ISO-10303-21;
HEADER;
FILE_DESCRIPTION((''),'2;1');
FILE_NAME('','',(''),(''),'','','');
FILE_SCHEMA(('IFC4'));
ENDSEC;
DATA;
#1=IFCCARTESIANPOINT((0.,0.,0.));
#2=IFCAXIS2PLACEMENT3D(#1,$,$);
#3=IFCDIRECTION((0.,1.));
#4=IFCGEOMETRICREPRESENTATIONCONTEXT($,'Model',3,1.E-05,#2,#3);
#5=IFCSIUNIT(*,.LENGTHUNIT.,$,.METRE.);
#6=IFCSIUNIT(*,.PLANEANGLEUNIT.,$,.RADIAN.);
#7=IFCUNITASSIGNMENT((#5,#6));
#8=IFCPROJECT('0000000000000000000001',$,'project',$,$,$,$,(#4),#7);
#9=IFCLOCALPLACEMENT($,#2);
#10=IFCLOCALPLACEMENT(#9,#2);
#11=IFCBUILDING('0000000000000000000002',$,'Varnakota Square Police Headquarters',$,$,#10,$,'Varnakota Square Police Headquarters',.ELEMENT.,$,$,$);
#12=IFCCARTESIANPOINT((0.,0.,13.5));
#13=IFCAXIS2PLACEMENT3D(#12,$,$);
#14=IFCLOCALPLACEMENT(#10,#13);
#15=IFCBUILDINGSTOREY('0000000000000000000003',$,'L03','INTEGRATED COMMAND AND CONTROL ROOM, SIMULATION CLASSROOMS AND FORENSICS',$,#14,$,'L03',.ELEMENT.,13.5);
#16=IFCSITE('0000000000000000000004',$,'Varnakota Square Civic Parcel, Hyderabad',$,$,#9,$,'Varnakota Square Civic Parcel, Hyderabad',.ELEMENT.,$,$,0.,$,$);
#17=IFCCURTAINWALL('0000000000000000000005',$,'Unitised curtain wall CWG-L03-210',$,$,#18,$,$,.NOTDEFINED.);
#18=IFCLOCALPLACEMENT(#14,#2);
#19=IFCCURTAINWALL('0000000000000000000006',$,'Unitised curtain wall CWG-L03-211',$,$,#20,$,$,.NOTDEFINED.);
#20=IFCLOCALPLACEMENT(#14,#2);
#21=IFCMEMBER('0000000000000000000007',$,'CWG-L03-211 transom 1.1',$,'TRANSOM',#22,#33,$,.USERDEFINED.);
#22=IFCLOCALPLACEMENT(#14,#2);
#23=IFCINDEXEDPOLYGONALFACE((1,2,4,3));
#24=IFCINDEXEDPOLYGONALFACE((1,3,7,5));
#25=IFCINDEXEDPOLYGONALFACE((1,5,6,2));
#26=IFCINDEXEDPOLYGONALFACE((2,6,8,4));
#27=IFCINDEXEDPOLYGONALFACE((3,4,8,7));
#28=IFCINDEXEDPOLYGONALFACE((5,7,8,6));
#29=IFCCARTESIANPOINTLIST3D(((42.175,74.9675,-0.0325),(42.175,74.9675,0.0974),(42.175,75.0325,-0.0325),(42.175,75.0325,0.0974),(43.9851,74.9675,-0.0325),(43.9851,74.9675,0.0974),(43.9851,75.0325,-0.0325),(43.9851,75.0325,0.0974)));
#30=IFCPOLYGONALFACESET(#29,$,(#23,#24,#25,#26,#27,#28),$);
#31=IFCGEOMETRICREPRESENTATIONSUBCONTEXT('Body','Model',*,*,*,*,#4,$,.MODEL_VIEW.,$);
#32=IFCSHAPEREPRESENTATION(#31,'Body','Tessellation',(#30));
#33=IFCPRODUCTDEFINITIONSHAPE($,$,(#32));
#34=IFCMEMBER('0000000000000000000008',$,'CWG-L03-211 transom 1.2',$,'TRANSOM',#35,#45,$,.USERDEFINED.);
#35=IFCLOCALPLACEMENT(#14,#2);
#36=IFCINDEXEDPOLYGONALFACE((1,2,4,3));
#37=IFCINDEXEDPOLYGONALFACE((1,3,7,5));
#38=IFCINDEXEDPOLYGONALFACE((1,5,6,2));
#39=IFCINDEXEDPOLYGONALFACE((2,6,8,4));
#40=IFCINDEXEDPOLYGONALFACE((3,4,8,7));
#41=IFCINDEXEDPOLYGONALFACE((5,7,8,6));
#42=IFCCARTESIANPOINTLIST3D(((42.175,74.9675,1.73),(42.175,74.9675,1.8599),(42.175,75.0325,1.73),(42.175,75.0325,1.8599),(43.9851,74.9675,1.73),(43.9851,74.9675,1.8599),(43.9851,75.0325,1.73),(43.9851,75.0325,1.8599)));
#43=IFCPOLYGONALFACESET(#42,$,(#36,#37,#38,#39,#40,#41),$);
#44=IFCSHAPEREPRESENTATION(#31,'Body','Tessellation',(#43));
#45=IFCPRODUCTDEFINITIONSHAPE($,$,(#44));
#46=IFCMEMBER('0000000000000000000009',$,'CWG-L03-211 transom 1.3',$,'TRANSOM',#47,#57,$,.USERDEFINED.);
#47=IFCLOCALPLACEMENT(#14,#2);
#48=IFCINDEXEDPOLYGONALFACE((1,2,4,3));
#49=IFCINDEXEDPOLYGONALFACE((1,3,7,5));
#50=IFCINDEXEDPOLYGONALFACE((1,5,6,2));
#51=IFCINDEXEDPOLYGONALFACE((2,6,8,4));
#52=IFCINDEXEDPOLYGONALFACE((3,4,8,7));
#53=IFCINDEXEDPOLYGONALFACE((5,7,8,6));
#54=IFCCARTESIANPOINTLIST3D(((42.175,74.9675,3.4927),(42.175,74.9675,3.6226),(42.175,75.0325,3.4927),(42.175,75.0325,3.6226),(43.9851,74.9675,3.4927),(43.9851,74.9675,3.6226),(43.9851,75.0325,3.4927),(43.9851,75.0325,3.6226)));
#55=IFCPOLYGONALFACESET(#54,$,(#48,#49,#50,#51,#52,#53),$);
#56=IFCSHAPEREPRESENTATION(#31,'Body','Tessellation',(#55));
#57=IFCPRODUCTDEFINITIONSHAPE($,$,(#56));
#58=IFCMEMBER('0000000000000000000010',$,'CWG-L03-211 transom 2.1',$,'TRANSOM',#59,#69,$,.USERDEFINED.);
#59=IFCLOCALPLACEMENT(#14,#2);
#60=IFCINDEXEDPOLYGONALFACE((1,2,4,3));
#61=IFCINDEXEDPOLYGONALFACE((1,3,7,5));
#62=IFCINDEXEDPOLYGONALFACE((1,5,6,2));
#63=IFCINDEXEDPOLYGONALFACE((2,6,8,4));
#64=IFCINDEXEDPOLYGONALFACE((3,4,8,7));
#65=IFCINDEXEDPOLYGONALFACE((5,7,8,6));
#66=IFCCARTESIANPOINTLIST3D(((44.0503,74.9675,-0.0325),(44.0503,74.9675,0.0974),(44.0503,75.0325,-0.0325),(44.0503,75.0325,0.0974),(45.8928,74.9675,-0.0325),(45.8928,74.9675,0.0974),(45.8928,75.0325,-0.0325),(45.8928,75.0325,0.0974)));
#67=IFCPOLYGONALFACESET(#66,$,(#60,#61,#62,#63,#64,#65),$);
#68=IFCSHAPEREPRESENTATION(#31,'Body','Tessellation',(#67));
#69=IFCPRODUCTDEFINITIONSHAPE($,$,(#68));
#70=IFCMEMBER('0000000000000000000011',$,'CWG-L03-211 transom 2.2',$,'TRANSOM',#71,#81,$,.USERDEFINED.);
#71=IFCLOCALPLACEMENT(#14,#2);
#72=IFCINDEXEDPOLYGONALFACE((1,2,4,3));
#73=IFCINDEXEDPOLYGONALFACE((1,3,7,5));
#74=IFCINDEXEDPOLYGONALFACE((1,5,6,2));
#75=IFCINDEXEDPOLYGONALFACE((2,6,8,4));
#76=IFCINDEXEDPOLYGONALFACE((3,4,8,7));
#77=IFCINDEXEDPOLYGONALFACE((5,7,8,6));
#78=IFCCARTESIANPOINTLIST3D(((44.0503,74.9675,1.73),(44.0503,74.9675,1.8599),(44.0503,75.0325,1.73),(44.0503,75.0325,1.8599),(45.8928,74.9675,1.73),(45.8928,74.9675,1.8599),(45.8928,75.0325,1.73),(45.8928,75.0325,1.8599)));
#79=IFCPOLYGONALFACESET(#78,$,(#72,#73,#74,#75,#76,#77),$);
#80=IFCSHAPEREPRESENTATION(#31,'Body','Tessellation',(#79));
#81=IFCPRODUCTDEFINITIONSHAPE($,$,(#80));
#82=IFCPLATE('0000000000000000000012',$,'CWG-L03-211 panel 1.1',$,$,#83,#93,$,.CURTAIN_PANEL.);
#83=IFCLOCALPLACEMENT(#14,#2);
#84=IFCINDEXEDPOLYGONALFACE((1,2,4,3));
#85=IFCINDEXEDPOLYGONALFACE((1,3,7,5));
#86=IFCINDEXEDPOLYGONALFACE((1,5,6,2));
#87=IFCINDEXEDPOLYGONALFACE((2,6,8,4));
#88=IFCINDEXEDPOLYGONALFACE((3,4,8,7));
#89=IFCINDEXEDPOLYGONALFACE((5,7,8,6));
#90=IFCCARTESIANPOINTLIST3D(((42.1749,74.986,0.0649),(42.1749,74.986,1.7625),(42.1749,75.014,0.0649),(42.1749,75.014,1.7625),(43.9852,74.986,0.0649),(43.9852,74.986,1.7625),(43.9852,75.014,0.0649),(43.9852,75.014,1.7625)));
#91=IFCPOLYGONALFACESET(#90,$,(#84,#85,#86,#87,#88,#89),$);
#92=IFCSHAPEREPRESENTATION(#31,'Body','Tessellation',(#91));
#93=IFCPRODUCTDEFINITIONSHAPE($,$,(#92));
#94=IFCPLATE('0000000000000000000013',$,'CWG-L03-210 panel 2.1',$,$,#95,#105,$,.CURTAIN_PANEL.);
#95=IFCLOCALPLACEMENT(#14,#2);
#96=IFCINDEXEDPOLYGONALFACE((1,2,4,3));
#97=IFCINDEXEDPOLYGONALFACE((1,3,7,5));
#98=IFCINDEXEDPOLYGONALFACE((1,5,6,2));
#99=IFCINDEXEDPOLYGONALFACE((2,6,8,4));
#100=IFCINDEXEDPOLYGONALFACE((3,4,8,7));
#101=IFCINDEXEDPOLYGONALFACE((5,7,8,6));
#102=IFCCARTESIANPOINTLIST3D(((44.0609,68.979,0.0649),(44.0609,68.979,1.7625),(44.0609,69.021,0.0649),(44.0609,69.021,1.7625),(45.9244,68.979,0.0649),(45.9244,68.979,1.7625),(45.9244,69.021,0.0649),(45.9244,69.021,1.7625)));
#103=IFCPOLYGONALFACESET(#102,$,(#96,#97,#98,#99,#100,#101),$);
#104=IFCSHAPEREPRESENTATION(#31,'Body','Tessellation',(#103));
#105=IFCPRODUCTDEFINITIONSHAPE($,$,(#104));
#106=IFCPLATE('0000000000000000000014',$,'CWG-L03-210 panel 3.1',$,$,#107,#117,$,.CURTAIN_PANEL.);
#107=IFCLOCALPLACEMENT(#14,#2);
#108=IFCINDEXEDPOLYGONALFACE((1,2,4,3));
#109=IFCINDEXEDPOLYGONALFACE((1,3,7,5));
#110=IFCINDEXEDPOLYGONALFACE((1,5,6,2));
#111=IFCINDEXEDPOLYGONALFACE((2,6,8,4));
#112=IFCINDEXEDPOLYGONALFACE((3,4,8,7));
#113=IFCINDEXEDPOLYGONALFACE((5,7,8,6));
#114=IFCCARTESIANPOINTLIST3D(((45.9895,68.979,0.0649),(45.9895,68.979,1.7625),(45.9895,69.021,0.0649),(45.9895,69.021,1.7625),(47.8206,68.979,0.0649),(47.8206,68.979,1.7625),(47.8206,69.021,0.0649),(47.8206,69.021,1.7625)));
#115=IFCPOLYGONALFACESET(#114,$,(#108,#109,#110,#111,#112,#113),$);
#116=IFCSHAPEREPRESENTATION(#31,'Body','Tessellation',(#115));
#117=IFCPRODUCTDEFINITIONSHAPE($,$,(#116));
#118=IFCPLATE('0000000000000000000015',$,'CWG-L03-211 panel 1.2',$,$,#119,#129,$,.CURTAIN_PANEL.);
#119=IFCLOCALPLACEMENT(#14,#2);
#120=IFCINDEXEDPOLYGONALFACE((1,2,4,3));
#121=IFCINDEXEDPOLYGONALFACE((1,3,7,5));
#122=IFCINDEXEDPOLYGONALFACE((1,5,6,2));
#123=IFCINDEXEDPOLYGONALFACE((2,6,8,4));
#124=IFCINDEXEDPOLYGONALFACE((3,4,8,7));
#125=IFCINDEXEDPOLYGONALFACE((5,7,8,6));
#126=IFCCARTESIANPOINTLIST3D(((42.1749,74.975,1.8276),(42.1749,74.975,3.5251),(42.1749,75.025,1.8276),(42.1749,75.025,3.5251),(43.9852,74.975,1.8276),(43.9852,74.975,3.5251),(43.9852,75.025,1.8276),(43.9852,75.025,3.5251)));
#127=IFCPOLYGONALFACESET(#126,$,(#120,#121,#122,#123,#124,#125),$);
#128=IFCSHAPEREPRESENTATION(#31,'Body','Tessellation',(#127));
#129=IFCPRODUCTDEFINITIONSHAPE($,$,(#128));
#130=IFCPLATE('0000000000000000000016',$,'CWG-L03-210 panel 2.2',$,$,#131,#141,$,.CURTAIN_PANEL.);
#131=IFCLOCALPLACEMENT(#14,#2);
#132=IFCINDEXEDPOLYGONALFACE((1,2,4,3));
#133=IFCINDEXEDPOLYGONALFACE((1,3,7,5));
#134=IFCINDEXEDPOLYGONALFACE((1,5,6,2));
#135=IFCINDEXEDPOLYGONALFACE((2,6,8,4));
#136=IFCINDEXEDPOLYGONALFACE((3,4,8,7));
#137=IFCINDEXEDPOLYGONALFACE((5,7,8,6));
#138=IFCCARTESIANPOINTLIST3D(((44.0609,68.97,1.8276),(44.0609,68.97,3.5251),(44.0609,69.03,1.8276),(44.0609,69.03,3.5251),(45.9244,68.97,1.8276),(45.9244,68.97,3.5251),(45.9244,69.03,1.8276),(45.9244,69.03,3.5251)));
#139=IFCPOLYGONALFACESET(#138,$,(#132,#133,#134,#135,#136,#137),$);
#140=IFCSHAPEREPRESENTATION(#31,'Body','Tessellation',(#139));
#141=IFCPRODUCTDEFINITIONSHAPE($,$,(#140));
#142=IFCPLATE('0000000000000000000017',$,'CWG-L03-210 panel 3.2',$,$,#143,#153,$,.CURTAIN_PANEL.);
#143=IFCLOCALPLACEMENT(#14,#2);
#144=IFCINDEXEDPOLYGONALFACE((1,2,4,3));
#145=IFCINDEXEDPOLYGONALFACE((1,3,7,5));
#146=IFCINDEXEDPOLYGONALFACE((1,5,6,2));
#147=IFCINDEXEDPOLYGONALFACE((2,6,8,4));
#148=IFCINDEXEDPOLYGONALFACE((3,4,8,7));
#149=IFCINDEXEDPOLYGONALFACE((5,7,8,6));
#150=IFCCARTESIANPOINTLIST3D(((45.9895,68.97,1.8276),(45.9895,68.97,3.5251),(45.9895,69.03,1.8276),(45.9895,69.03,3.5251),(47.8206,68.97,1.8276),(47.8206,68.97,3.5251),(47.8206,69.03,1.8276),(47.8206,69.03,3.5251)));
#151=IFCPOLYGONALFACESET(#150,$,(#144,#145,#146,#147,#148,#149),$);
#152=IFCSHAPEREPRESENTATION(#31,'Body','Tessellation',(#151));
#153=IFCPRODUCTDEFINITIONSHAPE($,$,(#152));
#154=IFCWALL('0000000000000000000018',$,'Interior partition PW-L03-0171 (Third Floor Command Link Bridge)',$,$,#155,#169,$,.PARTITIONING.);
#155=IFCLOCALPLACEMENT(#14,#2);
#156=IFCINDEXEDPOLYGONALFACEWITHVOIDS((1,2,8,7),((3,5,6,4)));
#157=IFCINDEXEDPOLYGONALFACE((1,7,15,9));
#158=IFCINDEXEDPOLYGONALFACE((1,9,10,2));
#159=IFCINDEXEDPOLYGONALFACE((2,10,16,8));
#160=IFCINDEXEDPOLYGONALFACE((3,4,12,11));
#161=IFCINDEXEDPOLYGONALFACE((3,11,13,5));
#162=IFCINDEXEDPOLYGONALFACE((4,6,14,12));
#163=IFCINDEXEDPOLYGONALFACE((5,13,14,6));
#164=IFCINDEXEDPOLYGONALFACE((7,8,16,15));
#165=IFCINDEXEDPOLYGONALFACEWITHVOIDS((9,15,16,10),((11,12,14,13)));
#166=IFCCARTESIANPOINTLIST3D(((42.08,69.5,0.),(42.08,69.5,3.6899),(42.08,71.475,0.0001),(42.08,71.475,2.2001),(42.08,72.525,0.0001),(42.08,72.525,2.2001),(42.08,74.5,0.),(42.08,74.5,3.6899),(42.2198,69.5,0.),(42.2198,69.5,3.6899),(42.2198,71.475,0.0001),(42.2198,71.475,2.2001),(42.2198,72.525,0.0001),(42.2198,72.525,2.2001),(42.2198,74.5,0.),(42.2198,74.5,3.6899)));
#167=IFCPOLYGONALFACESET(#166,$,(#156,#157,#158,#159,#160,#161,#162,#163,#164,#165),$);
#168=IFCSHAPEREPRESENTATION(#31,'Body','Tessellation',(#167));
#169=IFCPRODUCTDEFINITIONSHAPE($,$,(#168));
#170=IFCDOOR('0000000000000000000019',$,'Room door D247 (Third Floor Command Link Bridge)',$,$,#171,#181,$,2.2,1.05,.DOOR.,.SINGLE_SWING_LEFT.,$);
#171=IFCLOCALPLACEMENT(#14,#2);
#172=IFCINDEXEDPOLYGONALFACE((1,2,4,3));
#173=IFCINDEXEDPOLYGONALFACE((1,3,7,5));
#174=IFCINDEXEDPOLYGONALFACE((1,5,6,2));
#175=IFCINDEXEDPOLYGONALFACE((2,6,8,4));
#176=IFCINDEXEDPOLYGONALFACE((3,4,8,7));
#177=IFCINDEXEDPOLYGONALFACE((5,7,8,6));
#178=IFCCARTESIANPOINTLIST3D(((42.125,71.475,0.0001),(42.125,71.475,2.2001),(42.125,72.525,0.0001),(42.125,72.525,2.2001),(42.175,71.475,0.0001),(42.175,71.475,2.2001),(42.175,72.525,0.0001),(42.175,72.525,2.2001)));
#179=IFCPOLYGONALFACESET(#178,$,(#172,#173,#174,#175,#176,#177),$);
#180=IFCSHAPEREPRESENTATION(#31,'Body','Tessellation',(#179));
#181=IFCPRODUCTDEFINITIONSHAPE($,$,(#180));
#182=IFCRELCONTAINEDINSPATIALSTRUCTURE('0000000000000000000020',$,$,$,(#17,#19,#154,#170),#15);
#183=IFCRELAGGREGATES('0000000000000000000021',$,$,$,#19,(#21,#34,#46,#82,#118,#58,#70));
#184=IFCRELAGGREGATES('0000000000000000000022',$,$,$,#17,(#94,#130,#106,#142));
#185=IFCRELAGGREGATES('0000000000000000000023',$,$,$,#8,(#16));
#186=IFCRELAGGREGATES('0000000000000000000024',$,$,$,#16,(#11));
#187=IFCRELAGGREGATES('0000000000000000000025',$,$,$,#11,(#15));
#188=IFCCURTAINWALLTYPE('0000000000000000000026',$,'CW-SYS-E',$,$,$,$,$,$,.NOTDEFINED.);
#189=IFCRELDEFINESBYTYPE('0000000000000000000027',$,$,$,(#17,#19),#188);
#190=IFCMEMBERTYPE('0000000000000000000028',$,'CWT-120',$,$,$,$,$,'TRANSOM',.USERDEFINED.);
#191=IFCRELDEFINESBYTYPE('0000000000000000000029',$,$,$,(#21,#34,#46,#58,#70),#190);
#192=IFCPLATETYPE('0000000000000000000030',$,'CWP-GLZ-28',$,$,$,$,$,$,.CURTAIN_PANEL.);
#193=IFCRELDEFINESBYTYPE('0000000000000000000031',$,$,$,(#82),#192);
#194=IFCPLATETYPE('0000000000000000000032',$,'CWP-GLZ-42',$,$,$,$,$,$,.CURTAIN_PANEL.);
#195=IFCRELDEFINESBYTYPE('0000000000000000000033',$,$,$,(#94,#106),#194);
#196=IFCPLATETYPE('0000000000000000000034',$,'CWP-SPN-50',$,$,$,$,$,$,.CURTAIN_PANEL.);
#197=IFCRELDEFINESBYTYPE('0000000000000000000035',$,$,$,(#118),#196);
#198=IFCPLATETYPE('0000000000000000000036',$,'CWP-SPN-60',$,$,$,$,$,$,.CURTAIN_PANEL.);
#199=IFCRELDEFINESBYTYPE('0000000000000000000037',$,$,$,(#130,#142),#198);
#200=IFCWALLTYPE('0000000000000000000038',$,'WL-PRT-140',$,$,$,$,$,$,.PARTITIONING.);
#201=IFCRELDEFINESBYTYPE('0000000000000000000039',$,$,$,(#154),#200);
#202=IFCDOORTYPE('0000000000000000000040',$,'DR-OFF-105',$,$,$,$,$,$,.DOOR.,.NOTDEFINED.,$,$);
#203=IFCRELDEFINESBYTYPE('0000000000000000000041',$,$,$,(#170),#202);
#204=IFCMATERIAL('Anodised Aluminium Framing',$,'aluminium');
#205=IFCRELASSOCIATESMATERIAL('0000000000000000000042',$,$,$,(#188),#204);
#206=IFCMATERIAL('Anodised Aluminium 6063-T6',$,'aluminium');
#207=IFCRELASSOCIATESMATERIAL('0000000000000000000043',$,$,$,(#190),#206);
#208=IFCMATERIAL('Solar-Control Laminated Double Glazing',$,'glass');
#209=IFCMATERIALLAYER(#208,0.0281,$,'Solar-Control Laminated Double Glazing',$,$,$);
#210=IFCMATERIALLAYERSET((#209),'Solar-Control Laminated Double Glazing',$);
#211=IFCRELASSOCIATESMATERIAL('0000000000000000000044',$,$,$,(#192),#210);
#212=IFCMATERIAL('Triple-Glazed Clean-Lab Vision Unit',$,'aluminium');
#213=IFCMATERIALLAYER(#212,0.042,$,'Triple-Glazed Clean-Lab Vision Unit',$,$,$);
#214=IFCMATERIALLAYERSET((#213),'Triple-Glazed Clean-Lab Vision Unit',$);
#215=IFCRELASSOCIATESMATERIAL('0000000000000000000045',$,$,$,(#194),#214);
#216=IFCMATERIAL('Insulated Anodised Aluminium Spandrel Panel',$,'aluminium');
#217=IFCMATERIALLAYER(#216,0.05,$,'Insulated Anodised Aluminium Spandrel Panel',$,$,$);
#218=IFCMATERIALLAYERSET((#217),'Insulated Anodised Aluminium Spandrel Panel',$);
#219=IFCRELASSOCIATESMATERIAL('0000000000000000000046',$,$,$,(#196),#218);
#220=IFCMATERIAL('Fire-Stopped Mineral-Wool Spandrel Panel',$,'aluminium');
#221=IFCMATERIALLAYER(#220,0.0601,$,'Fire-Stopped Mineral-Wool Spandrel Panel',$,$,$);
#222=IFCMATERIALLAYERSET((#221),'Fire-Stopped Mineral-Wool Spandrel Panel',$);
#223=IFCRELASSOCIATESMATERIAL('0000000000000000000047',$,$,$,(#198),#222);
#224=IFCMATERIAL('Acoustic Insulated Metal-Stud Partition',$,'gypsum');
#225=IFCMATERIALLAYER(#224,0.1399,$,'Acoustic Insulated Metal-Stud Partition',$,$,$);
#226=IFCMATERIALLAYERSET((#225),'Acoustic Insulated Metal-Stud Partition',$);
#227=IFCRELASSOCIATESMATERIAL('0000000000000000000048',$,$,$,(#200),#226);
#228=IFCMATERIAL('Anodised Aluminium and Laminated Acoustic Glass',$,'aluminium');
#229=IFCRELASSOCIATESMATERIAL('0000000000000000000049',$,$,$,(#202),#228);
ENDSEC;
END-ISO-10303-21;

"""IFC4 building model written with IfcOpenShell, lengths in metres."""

from ifc_helpers import new_model, si_unit, direction, frame, frame_2d, origin, origin_2d, place, context, subcontext, project, spatial, rectangle, extrude, material, layer, layer_set, material_profile, profile_set, type_object, element, fill, aggregate, save


model = new_model("IFC4")

# Units and contexts
model_context = context("Model", 3, precision=1e-05, world=origin(), true_north=direction((0.0, 1.0)))
body_context = subcontext(model_context, "Body", "Model", "MODEL_VIEW")
ifc_project = project(units=[si_unit("LENGTHUNIT", "METRE"), si_unit("PLANEANGLEUNIT", "RADIAN")], contexts=[model_context])

# Site, building, storey
site_placement = place(None, origin())
site = spatial("IfcSite", under=ifc_project, at=site_placement, Name="Varnakota Square Civic Parcel, Hyderabad", LongName="Varnakota Square Civic Parcel, Hyderabad", CompositionType="ELEMENT", RefElevation=0.0)
building_placement = place(site_placement, origin())
building = spatial("IfcBuilding", under=site, at=building_placement, Name="Varnakota Square Police Headquarters", LongName="Varnakota Square Police Headquarters", CompositionType="ELEMENT")
storey_placement = place(building_placement, frame((0.0, 0.0, 13.5)))
storey = spatial("IfcBuildingStorey", under=building, at=storey_placement, Name="L03", Description="INTEGRATED COMMAND AND CONTROL ROOM, SIMULATION CLASSROOMS AND FORENSICS", LongName="L03", CompositionType="ELEMENT", Elevation=13.5)

# Curtain walls
ifc_material_1 = material(Name="Anodised Aluminium Framing", Category="aluminium")
curtain_wall_type = type_object("IfcCurtainWallType", Name="CW-SYS-E", PredefinedType="NOTDEFINED", material=ifc_material_1)
curtain_wall_1_placement = place(storey_placement, origin())
curtain_wall_1 = element("IfcCurtainWall", 1, at=curtain_wall_1_placement, inside=storey, type_object=curtain_wall_type, Name="Unitised curtain wall CWG-L03-210", PredefinedType="NOTDEFINED")
ifc_material_2 = material(Name="Anodised Aluminium 6063-T6", Category="aluminium")
curtain_wall_2_placement = place(storey_placement, origin())
curtain_wall_2 = element("IfcCurtainWall", 2, at=curtain_wall_2_placement, inside=storey, type_object=curtain_wall_type, Name="Unitised curtain wall CWG-L03-211", PredefinedType="NOTDEFINED")

# Members
ifc_material_profile_1 = material_profile(ifc_material_2, rectangle(XDim=0.0649, YDim=0.1299, at=origin_2d()), Name="ALU TRANSOM 65x130")
ifc_profile_set_1 = profile_set([ifc_material_profile_1], Name="Anodised Aluminium 6063-T6")
member_type_1 = type_object("IfcMemberType", Name="CWT-120", ElementType="TRANSOM", PredefinedType="USERDEFINED", material=ifc_profile_set_1)
member_1_placement = place(storey_placement, frame((42.175, 75.0, 0.0325), z_axis=(1.0, 0.0, 0.0), x_axis=(0.0, 1.0, 0.0)))
member_1 = element("IfcMember", 3, at=member_1_placement, type_object=member_type_1, Name="CWG-L03-211 transom 1.1", ObjectType="TRANSOM", PredefinedType="USERDEFINED", context=body_context, shape_type="SweptSolid", body=[
    extrude(rectangle(XDim=0.0649, YDim=0.1299, at=origin_2d()), origin(), (0.0, 0.0, 1.0), 1.8101),
])
member_2_placement = place(storey_placement, frame((42.175, 75.0, 1.7949), z_axis=(1.0, 0.0, 0.0), x_axis=(0.0, 1.0, 0.0)))
member_2 = element("IfcMember", 4, at=member_2_placement, type_object=member_type_1, Name="CWG-L03-211 transom 1.2", ObjectType="TRANSOM", PredefinedType="USERDEFINED", context=body_context, shape_type="SweptSolid", body=[
    extrude(rectangle(XDim=0.0649, YDim=0.1299, at=origin_2d()), origin(), (0.0, 0.0, 1.0), 1.8101),
])
member_3_placement = place(storey_placement, frame((42.175, 75.0, 3.5576), z_axis=(1.0, 0.0, 0.0), x_axis=(0.0, 1.0, 0.0)))
member_3 = element("IfcMember", 5, at=member_3_placement, type_object=member_type_1, Name="CWG-L03-211 transom 1.3", ObjectType="TRANSOM", PredefinedType="USERDEFINED", context=body_context, shape_type="SweptSolid", body=[
    extrude(rectangle(XDim=0.0649, YDim=0.1299, at=origin_2d()), origin(), (0.0, 0.0, 1.0), 1.8101),
])
member_4_placement = place(storey_placement, frame((44.0503, 75.0, 0.0325), z_axis=(1.0, 0.0, 0.0), x_axis=(0.0, 1.0, 0.0)))
member_4 = element("IfcMember", 6, at=member_4_placement, type_object=member_type_1, Name="CWG-L03-211 transom 2.1", ObjectType="TRANSOM", PredefinedType="USERDEFINED", context=body_context, shape_type="SweptSolid", body=[
    extrude(rectangle(XDim=0.0649, YDim=0.1299, at=origin_2d()), origin(), (0.0, 0.0, 1.0), 1.8425),
])
member_5_placement = place(storey_placement, frame((44.0503, 75.0, 1.7949), z_axis=(1.0, 0.0, 0.0), x_axis=(0.0, 1.0, 0.0)))
member_5 = element("IfcMember", 7, at=member_5_placement, type_object=member_type_1, Name="CWG-L03-211 transom 2.2", ObjectType="TRANSOM", PredefinedType="USERDEFINED", context=body_context, shape_type="SweptSolid", body=[
    extrude(rectangle(XDim=0.0649, YDim=0.1299, at=origin_2d()), origin(), (0.0, 0.0, 1.0), 1.8425),
])

# Plates
ifc_material_3 = material(Name="Solar-Control Laminated Double Glazing", Category="glass")
ifc_layer_1 = layer(ifc_material_3, 0.0281, Name="Solar-Control Laminated Double Glazing")
ifc_layer_set_1 = layer_set([ifc_layer_1], Name="Solar-Control Laminated Double Glazing")
plate_type_1 = type_object("IfcPlateType", Name="CWP-GLZ-28", PredefinedType="CURTAIN_PANEL", material=ifc_layer_set_1)
plate_1_placement = place(storey_placement, frame((43.0801, 75.0, 0.0649), z_axis=(0.0, 0.0, 1.0), x_axis=(1.0, 0.0, 0.0)))
plate_1 = element("IfcPlate", 8, at=plate_1_placement, type_object=plate_type_1, Name="CWG-L03-211 panel 1.1", PredefinedType="CURTAIN_PANEL", context=body_context, shape_type="SweptSolid", body=[
    extrude(rectangle(XDim=1.8103, YDim=0.0281, at=origin_2d()), origin(), (0.0, 0.0, 1.0), 1.6975),
])
ifc_material_4 = material(Name="Triple-Glazed Clean-Lab Vision Unit", Category="aluminium")
ifc_layer_2 = layer(ifc_material_4, 0.042, Name="Triple-Glazed Clean-Lab Vision Unit")
ifc_layer_set_2 = layer_set([ifc_layer_2], Name="Triple-Glazed Clean-Lab Vision Unit")
plate_type_2 = type_object("IfcPlateType", Name="CWP-GLZ-42", PredefinedType="CURTAIN_PANEL", material=ifc_layer_set_2)
plate_2_placement = place(storey_placement, frame((44.9927, 69.0, 0.0649), z_axis=(0.0, 0.0, 1.0), x_axis=(1.0, 0.0, 0.0)))
plate_2 = element("IfcPlate", 9, at=plate_2_placement, type_object=plate_type_2, Name="CWG-L03-210 panel 2.1", PredefinedType="CURTAIN_PANEL", context=body_context, shape_type="SweptSolid", body=[
    extrude(rectangle(XDim=1.8635, YDim=0.042, at=origin_2d()), origin(), (0.0, 0.0, 1.0), 1.6975),
])
plate_3_placement = place(storey_placement, frame((46.905, 69.0, 0.0649), z_axis=(0.0, 0.0, 1.0), x_axis=(1.0, 0.0, 0.0)))
plate_3 = element("IfcPlate", 10, at=plate_3_placement, type_object=plate_type_2, Name="CWG-L03-210 panel 3.1", PredefinedType="CURTAIN_PANEL", context=body_context, shape_type="SweptSolid", body=[
    extrude(rectangle(XDim=1.8311, YDim=0.042, at=origin_2d()), origin(), (0.0, 0.0, 1.0), 1.6975),
])
ifc_material_5 = material(Name="Insulated Anodised Aluminium Spandrel Panel", Category="aluminium")
ifc_layer_3 = layer(ifc_material_5, 0.05, Name="Insulated Anodised Aluminium Spandrel Panel")
ifc_layer_set_3 = layer_set([ifc_layer_3], Name="Insulated Anodised Aluminium Spandrel Panel")
plate_type_3 = type_object("IfcPlateType", Name="CWP-SPN-50", PredefinedType="CURTAIN_PANEL", material=ifc_layer_set_3)
plate_4_placement = place(storey_placement, frame((43.0801, 75.0, 1.8276), z_axis=(0.0, 0.0, 1.0), x_axis=(1.0, 0.0, 0.0)))
plate_4 = element("IfcPlate", 11, at=plate_4_placement, type_object=plate_type_3, Name="CWG-L03-211 panel 1.2", PredefinedType="CURTAIN_PANEL", context=body_context, shape_type="SweptSolid", body=[
    extrude(rectangle(XDim=1.8103, YDim=0.05, at=origin_2d()), origin(), (0.0, 0.0, 1.0), 1.6975),
])
aggregate(curtain_wall_2, [member_1, member_2, member_3, plate_1, plate_4, member_4, member_5])
ifc_material_6 = material(Name="Fire-Stopped Mineral-Wool Spandrel Panel", Category="aluminium")
ifc_layer_4 = layer(ifc_material_6, 0.0601, Name="Fire-Stopped Mineral-Wool Spandrel Panel")
ifc_layer_set_4 = layer_set([ifc_layer_4], Name="Fire-Stopped Mineral-Wool Spandrel Panel")
plate_type_4 = type_object("IfcPlateType", Name="CWP-SPN-60", PredefinedType="CURTAIN_PANEL", material=ifc_layer_set_4)
plate_5_placement = place(storey_placement, frame((44.9927, 69.0, 1.8276), z_axis=(0.0, 0.0, 1.0), x_axis=(1.0, 0.0, 0.0)))
plate_5 = element("IfcPlate", 12, at=plate_5_placement, type_object=plate_type_4, Name="CWG-L03-210 panel 2.2", PredefinedType="CURTAIN_PANEL", context=body_context, shape_type="SweptSolid", body=[
    extrude(rectangle(XDim=1.8635, YDim=0.0601, at=origin_2d()), origin(), (0.0, 0.0, 1.0), 1.6975),
])
plate_6_placement = place(storey_placement, frame((46.905, 69.0, 1.8276), z_axis=(0.0, 0.0, 1.0), x_axis=(1.0, 0.0, 0.0)))
plate_6 = element("IfcPlate", 13, at=plate_6_placement, type_object=plate_type_4, Name="CWG-L03-210 panel 3.2", PredefinedType="CURTAIN_PANEL", context=body_context, shape_type="SweptSolid", body=[
    extrude(rectangle(XDim=1.8311, YDim=0.0601, at=origin_2d()), origin(), (0.0, 0.0, 1.0), 1.6975),
])
aggregate(curtain_wall_1, [plate_2, plate_5, plate_3, plate_6])

# Wall, opening, door
ifc_material_7 = material(Name="Acoustic Insulated Metal-Stud Partition", Category="gypsum")
ifc_layer_5 = layer(ifc_material_7, 0.1399, Name="Acoustic Insulated Metal-Stud Partition")
ifc_layer_set_5 = layer_set([ifc_layer_5], Name="Acoustic Insulated Metal-Stud Partition")
wall_type = type_object("IfcWallType", Name="WL-PRT-140", PredefinedType="PARTITIONING", material=ifc_layer_set_5)
wall_placement = place(storey_placement, frame((42.1499, 69.5, 0.0), z_axis=(0.0, 0.0, 1.0), x_axis=(0.0, 1.0, 0.0)))
wall = element("IfcWall", 14, at=wall_placement, inside=storey, type_object=wall_type, Name="Interior partition PW-L03-0171 (Third Floor Command Link Bridge)", PredefinedType="PARTITIONING", context=body_context, shape_type="SweptSolid", body=[
    extrude(rectangle(XDim=5.0, YDim=0.1399, at=frame_2d((2.5, 0.0))), origin(), (0.0, 0.0, 1.0), 3.6899),
])
opening_placement = place(wall_placement, frame((1.9751, 0.0, 0.0)))
opening = element("IfcOpeningElement", 15, at=opening_placement, cuts=wall, PredefinedType="OPENING", context=body_context, shape_type="SweptSolid", body=[
    extrude(rectangle(XDim=1.05, YDim=2.2, at=frame_2d((0.5249, 1.1001))), frame((0.0, 0.0798, 0.0), z_axis=(0.0, -1.0, 0.0), x_axis=(1.0, 0.0, 0.0)), (0.0, 0.0, 1.0), 0.1599),
])
ifc_material_8 = material(Name="Anodised Aluminium and Laminated Acoustic Glass", Category="aluminium")
door_type = type_object("IfcDoorType", Name="DR-OFF-105", OperationType="NOTDEFINED", PredefinedType="DOOR", material=ifc_material_8)
door_placement = place(opening_placement, origin())
door = element("IfcDoor", 16, at=door_placement, inside=storey, type_object=door_type, Name="Room door D247 (Third Floor Command Link Bridge)", OperationType="SINGLE_SWING_LEFT", OverallHeight=2.2, OverallWidth=1.05, PredefinedType="DOOR", context=body_context, shape_type="SweptSolid", body=[
    extrude(rectangle(XDim=1.05, YDim=2.2, at=frame_2d((0.5249, 1.1001))), frame((0.0, 0.0249, 0.0), z_axis=(0.0, -1.0, 0.0), x_axis=(1.0, 0.0, 0.0)), (0.0, 0.0, 1.0), 0.05),
])
fill(opening, door)

save(model, "model.ifc")
